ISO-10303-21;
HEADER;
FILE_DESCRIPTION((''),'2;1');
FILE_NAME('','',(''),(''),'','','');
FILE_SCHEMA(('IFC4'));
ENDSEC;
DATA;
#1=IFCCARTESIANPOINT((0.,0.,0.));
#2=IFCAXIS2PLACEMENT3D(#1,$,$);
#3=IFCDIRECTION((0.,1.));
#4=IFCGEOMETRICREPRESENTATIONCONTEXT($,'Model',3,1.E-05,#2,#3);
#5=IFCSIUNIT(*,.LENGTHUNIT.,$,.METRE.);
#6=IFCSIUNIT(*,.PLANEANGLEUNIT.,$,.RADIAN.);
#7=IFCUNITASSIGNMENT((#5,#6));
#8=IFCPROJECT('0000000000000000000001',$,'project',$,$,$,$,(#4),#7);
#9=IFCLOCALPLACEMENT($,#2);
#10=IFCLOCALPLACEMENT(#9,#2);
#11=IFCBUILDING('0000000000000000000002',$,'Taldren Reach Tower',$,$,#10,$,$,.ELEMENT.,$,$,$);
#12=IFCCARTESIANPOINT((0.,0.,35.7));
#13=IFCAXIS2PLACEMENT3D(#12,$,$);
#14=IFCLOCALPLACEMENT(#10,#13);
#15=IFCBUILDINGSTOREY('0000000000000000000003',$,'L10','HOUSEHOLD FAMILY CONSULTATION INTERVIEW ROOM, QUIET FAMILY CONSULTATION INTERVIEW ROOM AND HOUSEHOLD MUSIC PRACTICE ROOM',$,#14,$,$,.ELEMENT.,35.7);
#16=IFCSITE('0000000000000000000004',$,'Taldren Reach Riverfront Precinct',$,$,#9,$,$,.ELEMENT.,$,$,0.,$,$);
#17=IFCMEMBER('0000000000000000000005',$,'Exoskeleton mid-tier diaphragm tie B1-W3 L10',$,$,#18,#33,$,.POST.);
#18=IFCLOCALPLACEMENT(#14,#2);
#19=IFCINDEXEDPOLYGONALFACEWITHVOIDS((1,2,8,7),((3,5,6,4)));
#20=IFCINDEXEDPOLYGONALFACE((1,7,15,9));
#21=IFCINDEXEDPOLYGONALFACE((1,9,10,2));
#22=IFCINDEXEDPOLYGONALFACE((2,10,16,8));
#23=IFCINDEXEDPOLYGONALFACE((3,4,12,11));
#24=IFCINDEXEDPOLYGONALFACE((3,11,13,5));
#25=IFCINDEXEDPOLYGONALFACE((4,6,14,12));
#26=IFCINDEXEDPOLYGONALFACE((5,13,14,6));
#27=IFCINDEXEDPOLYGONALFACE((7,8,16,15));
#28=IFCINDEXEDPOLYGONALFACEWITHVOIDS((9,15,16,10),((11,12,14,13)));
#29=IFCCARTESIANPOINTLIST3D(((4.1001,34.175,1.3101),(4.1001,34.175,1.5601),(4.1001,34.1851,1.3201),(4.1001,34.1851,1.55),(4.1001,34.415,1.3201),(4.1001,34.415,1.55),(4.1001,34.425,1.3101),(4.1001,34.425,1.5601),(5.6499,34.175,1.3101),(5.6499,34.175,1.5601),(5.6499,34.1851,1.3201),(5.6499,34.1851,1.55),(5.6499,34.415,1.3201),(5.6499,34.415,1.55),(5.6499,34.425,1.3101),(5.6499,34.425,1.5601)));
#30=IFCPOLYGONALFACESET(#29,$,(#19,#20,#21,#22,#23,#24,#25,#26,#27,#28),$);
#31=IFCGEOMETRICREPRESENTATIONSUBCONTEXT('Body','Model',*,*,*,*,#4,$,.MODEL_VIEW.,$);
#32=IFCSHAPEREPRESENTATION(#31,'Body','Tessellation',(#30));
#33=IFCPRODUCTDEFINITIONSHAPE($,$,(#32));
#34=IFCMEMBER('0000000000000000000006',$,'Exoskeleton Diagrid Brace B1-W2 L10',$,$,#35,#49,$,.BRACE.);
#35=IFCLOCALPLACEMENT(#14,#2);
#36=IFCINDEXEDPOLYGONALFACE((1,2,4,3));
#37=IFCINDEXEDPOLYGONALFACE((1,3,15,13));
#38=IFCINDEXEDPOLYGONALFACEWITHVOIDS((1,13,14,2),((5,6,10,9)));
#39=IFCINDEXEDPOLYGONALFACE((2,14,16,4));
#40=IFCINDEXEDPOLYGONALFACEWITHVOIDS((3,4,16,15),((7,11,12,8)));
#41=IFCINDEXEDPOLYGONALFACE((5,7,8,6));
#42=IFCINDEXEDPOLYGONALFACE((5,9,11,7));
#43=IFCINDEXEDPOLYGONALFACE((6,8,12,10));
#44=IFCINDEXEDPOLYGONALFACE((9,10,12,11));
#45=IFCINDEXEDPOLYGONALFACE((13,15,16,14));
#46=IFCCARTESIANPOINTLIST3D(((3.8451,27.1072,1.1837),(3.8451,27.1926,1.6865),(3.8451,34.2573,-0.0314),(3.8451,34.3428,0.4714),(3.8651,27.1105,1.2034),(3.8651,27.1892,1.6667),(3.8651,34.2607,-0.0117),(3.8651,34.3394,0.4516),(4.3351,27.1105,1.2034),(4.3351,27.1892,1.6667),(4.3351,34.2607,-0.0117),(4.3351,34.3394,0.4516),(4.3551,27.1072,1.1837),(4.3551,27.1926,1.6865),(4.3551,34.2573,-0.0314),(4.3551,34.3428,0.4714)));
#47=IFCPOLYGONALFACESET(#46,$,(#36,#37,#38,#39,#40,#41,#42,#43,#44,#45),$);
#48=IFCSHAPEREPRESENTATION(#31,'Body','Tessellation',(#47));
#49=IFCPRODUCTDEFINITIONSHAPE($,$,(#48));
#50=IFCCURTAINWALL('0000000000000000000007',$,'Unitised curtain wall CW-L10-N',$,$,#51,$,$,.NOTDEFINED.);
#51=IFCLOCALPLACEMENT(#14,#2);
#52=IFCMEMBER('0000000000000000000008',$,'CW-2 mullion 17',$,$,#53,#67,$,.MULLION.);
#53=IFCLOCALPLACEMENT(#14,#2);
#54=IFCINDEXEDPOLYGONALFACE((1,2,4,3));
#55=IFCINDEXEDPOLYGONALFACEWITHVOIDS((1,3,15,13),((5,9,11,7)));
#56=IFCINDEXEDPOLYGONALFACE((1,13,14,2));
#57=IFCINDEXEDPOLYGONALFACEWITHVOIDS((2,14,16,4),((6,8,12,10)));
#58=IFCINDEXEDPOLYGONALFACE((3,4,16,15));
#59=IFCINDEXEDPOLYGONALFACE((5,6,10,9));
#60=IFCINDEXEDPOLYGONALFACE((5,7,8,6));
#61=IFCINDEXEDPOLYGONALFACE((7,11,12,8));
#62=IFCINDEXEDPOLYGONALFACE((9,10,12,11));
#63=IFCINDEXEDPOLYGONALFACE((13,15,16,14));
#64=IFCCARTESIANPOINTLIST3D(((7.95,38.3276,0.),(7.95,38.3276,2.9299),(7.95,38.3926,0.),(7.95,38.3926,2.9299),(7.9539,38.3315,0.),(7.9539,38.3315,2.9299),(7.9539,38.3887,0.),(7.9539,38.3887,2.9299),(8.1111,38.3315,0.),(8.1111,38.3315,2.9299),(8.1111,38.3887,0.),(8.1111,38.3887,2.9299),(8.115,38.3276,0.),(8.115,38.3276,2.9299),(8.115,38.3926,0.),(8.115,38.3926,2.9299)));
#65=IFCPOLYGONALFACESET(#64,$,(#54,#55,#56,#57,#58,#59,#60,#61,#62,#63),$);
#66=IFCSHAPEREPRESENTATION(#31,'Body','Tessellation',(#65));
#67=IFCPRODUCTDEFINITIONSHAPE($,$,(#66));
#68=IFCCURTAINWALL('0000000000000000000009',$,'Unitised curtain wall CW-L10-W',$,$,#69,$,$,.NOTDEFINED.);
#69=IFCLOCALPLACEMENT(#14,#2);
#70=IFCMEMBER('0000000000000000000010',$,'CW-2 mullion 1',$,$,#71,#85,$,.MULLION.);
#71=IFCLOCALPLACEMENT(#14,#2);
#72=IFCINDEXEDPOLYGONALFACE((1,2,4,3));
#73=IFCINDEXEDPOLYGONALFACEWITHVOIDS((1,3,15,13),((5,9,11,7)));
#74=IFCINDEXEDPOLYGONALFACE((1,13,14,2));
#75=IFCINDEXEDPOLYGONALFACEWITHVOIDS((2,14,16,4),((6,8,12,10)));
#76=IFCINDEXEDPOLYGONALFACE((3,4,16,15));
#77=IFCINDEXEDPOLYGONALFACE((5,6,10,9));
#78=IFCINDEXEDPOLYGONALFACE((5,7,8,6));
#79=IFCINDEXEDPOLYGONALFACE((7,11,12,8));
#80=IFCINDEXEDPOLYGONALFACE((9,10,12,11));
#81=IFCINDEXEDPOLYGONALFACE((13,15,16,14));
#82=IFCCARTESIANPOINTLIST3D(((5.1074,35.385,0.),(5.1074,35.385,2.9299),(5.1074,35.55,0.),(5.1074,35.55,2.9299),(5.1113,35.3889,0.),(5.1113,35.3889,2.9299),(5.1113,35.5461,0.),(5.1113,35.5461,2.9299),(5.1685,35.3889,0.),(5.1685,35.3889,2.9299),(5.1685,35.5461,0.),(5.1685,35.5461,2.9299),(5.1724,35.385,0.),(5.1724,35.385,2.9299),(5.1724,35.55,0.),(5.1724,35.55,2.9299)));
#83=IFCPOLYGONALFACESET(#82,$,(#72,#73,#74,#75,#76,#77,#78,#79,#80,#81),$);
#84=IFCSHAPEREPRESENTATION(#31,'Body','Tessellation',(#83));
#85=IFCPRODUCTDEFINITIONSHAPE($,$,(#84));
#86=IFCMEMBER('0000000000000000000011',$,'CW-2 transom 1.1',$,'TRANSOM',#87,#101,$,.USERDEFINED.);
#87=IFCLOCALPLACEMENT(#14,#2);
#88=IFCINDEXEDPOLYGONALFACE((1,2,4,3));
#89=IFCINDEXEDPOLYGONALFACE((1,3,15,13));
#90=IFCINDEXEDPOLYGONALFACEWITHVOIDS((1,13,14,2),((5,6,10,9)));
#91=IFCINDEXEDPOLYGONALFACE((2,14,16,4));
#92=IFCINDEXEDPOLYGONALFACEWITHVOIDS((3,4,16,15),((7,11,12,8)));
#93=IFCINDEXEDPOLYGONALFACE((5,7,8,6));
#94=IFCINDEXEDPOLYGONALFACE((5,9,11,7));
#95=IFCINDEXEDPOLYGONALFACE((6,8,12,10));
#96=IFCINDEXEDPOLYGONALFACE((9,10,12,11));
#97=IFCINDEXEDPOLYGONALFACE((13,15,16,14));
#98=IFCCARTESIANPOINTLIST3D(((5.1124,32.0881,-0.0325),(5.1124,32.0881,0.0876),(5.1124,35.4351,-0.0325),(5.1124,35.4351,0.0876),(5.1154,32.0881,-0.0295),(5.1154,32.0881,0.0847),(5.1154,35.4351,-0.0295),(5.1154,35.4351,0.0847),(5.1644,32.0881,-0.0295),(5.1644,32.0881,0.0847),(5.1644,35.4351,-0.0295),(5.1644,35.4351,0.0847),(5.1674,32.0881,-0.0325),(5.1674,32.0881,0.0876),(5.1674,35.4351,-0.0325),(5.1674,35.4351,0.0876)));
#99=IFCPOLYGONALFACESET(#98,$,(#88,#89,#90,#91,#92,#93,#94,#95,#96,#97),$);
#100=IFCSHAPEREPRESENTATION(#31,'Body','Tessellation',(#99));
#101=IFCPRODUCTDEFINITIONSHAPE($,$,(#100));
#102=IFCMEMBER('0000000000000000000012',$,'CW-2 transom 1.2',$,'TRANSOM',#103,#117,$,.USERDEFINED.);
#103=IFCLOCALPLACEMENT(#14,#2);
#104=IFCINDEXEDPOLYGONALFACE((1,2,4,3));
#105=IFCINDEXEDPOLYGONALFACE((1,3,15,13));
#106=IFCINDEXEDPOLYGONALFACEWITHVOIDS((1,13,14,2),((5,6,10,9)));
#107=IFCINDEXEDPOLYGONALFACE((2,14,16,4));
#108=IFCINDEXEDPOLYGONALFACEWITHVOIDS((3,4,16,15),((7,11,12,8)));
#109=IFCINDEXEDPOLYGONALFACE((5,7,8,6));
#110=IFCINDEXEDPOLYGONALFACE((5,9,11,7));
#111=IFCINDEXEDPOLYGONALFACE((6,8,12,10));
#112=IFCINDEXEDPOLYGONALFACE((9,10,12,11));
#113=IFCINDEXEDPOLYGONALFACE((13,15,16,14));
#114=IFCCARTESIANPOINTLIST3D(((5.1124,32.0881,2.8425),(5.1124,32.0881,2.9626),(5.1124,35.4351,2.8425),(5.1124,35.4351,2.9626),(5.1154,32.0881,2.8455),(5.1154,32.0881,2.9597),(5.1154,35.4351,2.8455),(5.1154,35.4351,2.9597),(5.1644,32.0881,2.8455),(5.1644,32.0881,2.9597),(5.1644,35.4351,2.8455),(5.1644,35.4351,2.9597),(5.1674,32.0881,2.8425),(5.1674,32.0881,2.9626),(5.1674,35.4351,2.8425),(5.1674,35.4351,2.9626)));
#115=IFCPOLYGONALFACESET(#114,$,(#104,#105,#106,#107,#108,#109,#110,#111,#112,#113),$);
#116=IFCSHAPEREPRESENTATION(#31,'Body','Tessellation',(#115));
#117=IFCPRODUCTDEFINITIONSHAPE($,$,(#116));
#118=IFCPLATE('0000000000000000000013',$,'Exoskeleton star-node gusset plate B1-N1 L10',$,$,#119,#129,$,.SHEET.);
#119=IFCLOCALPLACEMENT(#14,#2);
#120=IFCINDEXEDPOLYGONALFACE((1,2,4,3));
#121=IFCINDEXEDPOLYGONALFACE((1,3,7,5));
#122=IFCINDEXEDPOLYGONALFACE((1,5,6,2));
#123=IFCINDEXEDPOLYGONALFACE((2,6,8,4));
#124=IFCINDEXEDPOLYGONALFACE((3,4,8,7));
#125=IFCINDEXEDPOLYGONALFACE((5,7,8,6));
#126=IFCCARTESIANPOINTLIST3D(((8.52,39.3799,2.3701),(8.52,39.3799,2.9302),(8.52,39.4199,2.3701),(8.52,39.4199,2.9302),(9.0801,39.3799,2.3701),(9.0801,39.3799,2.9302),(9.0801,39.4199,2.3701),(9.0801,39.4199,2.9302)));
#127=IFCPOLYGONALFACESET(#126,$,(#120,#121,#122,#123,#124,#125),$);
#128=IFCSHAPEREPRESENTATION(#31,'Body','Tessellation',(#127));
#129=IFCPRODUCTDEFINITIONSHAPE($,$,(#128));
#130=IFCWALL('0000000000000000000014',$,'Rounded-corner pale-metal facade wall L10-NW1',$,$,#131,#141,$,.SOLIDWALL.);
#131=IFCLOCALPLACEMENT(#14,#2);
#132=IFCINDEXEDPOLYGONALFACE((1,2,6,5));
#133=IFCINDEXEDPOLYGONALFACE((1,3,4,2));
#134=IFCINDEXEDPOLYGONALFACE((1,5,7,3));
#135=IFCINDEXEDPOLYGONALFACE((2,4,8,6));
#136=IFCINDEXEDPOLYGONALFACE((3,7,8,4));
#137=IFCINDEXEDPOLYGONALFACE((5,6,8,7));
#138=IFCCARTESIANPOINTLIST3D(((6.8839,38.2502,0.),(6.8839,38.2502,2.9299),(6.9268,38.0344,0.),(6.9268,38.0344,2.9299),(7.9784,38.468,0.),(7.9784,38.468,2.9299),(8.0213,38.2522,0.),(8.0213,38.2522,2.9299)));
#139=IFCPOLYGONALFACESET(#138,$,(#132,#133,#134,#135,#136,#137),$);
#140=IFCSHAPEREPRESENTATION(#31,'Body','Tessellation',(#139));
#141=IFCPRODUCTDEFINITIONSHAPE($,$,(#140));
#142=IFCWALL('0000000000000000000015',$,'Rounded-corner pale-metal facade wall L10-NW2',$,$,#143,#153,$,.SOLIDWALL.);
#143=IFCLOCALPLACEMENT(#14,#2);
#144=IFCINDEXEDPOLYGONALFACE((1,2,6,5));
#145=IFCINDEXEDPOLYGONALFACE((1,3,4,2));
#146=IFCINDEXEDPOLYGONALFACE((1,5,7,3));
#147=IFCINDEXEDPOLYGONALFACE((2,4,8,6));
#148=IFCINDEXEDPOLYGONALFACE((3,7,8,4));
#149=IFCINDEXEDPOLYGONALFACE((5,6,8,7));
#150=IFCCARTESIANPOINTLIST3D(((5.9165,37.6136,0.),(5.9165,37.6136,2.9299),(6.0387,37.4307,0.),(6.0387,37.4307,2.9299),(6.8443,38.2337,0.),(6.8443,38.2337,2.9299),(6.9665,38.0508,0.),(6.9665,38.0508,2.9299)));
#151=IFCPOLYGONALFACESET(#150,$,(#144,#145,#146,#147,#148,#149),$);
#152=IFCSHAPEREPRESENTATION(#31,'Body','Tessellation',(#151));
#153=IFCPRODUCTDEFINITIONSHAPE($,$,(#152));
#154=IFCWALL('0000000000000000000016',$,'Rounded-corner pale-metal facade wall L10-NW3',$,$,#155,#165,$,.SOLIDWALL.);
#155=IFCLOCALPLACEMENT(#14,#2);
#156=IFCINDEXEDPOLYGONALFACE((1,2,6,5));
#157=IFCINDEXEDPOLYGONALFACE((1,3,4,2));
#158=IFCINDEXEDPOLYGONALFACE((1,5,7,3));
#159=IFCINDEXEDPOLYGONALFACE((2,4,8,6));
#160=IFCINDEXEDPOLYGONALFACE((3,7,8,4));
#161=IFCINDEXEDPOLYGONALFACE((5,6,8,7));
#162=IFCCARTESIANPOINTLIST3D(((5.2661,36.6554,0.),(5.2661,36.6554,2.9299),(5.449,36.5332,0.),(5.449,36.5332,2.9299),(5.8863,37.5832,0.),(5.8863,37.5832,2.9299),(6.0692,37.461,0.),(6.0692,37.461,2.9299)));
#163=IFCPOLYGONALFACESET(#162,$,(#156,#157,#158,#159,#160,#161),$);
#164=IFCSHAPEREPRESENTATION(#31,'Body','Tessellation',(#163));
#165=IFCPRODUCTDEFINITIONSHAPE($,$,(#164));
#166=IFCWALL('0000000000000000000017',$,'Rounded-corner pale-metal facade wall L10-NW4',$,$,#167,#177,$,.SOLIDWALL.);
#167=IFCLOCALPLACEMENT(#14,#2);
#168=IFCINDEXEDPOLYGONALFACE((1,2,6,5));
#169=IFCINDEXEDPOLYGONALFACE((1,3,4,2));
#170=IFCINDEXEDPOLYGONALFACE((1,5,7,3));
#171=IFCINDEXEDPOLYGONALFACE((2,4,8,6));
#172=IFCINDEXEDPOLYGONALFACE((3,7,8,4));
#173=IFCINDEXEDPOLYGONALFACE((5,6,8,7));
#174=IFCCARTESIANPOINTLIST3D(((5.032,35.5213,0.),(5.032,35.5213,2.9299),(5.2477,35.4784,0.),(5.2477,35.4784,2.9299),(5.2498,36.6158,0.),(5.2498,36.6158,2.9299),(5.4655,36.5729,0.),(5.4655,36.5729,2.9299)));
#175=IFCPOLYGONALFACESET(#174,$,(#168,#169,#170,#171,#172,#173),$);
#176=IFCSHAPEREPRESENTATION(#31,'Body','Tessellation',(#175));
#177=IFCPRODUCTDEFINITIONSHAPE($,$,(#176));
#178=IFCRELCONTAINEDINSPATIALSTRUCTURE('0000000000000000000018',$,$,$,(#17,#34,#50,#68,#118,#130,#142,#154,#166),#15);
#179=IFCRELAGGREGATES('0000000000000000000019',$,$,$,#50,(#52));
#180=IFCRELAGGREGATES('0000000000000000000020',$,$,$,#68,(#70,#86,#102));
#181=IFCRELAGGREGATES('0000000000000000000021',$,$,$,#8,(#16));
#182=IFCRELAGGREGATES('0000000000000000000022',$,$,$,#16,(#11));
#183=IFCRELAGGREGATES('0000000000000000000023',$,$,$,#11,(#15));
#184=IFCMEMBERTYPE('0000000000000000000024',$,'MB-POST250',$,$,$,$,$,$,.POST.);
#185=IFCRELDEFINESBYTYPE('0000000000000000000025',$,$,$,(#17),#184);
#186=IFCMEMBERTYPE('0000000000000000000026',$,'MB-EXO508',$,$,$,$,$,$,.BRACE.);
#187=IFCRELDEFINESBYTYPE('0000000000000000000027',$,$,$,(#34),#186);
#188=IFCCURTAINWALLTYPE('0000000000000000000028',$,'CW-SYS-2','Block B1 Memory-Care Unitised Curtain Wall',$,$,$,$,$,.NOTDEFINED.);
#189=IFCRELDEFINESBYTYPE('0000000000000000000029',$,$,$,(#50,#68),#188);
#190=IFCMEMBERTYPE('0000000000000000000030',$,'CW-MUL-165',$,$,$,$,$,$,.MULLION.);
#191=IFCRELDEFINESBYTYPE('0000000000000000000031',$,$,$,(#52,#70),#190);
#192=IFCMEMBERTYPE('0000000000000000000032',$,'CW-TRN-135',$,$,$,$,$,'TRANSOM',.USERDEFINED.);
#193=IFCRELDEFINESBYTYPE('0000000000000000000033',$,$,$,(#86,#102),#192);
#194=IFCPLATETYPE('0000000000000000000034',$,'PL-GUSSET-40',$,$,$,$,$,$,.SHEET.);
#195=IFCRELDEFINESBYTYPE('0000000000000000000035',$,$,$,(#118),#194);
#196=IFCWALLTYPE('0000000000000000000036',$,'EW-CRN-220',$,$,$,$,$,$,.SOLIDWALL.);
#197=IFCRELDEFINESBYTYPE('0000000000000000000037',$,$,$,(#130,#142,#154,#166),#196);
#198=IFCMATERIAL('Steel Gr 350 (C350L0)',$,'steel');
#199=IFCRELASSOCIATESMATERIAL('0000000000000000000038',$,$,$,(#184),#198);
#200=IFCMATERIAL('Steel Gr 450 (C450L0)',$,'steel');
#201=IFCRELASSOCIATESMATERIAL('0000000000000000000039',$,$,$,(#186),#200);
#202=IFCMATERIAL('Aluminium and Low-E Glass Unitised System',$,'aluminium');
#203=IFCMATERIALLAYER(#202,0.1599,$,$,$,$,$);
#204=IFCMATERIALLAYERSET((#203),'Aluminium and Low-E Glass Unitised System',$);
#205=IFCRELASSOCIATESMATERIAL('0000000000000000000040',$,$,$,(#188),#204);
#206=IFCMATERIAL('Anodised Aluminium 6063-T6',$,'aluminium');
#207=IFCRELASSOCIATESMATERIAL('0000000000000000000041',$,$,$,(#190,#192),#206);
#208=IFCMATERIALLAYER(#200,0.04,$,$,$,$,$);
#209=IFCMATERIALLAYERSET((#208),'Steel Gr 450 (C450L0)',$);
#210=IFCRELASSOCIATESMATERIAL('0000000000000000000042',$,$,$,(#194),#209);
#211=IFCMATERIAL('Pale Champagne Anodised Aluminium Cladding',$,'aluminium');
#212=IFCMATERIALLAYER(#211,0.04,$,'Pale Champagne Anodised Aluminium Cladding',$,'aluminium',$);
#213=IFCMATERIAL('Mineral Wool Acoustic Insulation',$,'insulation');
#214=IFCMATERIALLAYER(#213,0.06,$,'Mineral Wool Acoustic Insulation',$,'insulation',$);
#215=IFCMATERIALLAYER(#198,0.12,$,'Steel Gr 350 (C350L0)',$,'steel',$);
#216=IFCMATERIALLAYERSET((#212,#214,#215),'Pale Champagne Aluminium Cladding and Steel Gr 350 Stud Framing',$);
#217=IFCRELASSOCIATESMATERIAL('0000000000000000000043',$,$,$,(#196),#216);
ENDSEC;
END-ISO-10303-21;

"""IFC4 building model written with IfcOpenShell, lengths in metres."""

from ifc_helpers import new_model, si_unit, direction, frame, frame_2d, origin, origin_2d, place, context, subcontext, project, spatial, rectangle, hollow_rectangle, extrude, source, transform, mapped, material, layer, layer_set, material_profile, profile_set, type_object, element, aggregate, save


model = new_model("IFC4")

# Units and contexts
model_context = context("Model", 3, precision=1e-05, world=origin(), true_north=direction((0.0, 1.0)))
body_context = subcontext(model_context, "Body", "Model", "MODEL_VIEW")
ifc_project = project(units=[si_unit("LENGTHUNIT", "METRE"), si_unit("PLANEANGLEUNIT", "RADIAN")], contexts=[model_context])

# Site, building, storey
site_placement = place(None, origin())
site = spatial("IfcSite", under=ifc_project, at=site_placement, Name="Taldren Reach Riverfront Precinct", CompositionType="ELEMENT", RefElevation=0.0)
building_placement = place(site_placement, origin())
building = spatial("IfcBuilding", under=site, at=building_placement, Name="Taldren Reach Tower", CompositionType="ELEMENT")
storey_placement = place(building_placement, frame((0.0, 0.0, 35.7)))
storey = spatial("IfcBuildingStorey", under=building, at=storey_placement, Name="L10", Description="HOUSEHOLD FAMILY CONSULTATION INTERVIEW ROOM, QUIET FAMILY CONSULTATION INTERVIEW ROOM AND HOUSEHOLD MUSIC PRACTICE ROOM", CompositionType="ELEMENT", Elevation=35.7)

# Members
ifc_material_1 = material(Name="Steel Gr 450 (C450L0)", Category="steel")
ifc_material_2 = material(Name="Steel Gr 350 (C350L0)", Category="steel")
ifc_material_profile_1 = material_profile(ifc_material_2, hollow_rectangle(XDim=0.25, YDim=0.25, WallThickness=0.01, at=origin_2d()), Name="250x250x10.0SHS")
ifc_profile_set_1 = profile_set([ifc_material_profile_1], Name="Steel Gr 350 (C350L0)")
member_type_1 = type_object("IfcMemberType", Name="MB-POST250", PredefinedType="POST", material=ifc_profile_set_1)
shared_shape_1 = source(origin(), body_context, "Body", "SweptSolid", [
    extrude(hollow_rectangle(XDim=0.25, YDim=0.25, WallThickness=0.01, at=origin_2d()), origin(), (0.0, 0.0, 1.0), 1.5498),
])
for number, where, z_axis, x_axis, name in (
    (1, (5.6499, 34.3, 1.4351), (-1.0, 0.0, 0.0), (0.0, -1.0, 0.0), "Exoskeleton mid-tier diaphragm tie B1-W3 L10"),
):
    element("IfcMember", number, at=place(storey_placement, frame(where, z_axis=z_axis, x_axis=x_axis)), inside=storey, type_object=member_type_1, Name=name, PredefinedType="POST", context=body_context, shape_type="MappedRepresentation", body=[
        mapped(shared_shape_1, transform((0.0, 0.0, 0.0), scale=1.0)),
    ])
ifc_material_profile_2 = material_profile(ifc_material_1, hollow_rectangle(XDim=0.51, YDim=0.51, WallThickness=0.02, at=origin_2d()), Name="510x510x20.0SHS")
ifc_profile_set_2 = profile_set([ifc_material_profile_2], Name="Steel Gr 450 (C450L0)")
member_type_2 = type_object("IfcMemberType", Name="MB-EXO508", PredefinedType="BRACE", material=ifc_profile_set_2)
shared_shape_2 = source(origin(), body_context, "Body", "SweptSolid", [
    extrude(hollow_rectangle(XDim=0.51, YDim=0.51, WallThickness=0.02, at=origin_2d()), origin(), (0.0, 0.0, 1.0), 7.2527),
])
member_1_placement = place(storey_placement, frame((4.1001, 34.3, 0.22), z_axis=(0.0, -0.985866, 0.167537), x_axis=(1.0, 0.0, 0.0)))
element("IfcMember", 2, at=member_1_placement, inside=storey, type_object=member_type_2, Name="Exoskeleton Diagrid Brace B1-W2 L10", PredefinedType="BRACE", context=body_context, shape_type="MappedRepresentation", body=[
    mapped(shared_shape_2, transform((0.0, 0.0, 0.0), scale=1.0)),
])

# Curtain wall, member
ifc_material_3 = material(Name="Aluminium and Low-E Glass Unitised System", Category="aluminium")
ifc_layer_1 = layer(ifc_material_3, 0.1599)
ifc_layer_set_1 = layer_set([ifc_layer_1], Name="Aluminium and Low-E Glass Unitised System")
curtain_wall_type = type_object("IfcCurtainWallType", Name="CW-SYS-2", Description="Block B1 Memory-Care Unitised Curtain Wall", PredefinedType="NOTDEFINED", material=ifc_layer_set_1)
curtain_wall_1_placement = place(storey_placement, origin())
curtain_wall_1 = element("IfcCurtainWall", 3, at=curtain_wall_1_placement, inside=storey, type_object=curtain_wall_type, Name="Unitised curtain wall CW-L10-N", PredefinedType="NOTDEFINED")
ifc_material_4 = material(Name="Anodised Aluminium 6063-T6", Category="aluminium")
ifc_material_profile_3 = material_profile(ifc_material_4, hollow_rectangle(XDim=0.0649, YDim=0.165, WallThickness=0.0039, at=origin_2d()), Name="ALU-165x65x4RHS")
ifc_profile_set_3 = profile_set([ifc_material_profile_3], Name="Anodised Aluminium 6063-T6")
member_type_3 = type_object("IfcMemberType", Name="CW-MUL-165", PredefinedType="MULLION", material=ifc_profile_set_3)
shared_shape_3 = source(origin(), body_context, "Body", "SweptSolid", [
    extrude(hollow_rectangle(XDim=0.0649, YDim=0.165, WallThickness=0.0039, at=origin_2d()), origin(), (0.0, 0.0, 1.0), 2.9299),
])
member_2_placement = place(storey_placement, frame((8.0325, 38.3601, 0.0), z_axis=(0.0, 0.0, 1.0), x_axis=(0.0, -1.0, 0.0)))
member_2 = element("IfcMember", 4, at=member_2_placement, type_object=member_type_3, Name="CW-2 mullion 17", PredefinedType="MULLION", context=body_context, shape_type="MappedRepresentation", body=[
    mapped(shared_shape_3, transform((0.0, 0.0, 0.0), scale=1.0)),
])
aggregate(curtain_wall_1, [member_2])

# Curtain wall, members
curtain_wall_2_placement = place(storey_placement, origin())
curtain_wall_2 = element("IfcCurtainWall", 5, at=curtain_wall_2_placement, inside=storey, type_object=curtain_wall_type, Name="Unitised curtain wall CW-L10-W", PredefinedType="NOTDEFINED")
member_3_placement = place(storey_placement, frame((5.1399, 35.4675, 0.0), z_axis=(0.0, 0.0, 1.0), x_axis=(1.0, 0.0, 0.0)))
member_3 = element("IfcMember", 6, at=member_3_placement, type_object=member_type_3, Name="CW-2 mullion 1", PredefinedType="MULLION", context=body_context, shape_type="MappedRepresentation", body=[
    mapped(shared_shape_3, transform((0.0, 0.0, 0.0), scale=1.0)),
])
ifc_material_profile_4 = material_profile(ifc_material_4, hollow_rectangle(XDim=0.0549, YDim=0.1201, WallThickness=0.0029, at=origin_2d()), Name="ALU-120x55x3RHS")
ifc_profile_set_4 = profile_set([ifc_material_profile_4], Name="Anodised Aluminium 6063-T6")
member_type_4 = type_object("IfcMemberType", Name="CW-TRN-135", ElementType="TRANSOM", PredefinedType="USERDEFINED", material=ifc_profile_set_4)
shared_shape_4 = source(origin(), body_context, "Body", "SweptSolid", [
    extrude(hollow_rectangle(XDim=0.0549, YDim=0.1201, WallThickness=0.0029, at=origin_2d()), origin(), (0.0, 0.0, 1.0), 3.3469),
])
member_4_placement = place(storey_placement, frame((5.1399, 35.4351, 0.0276), z_axis=(0.0, -1.0, 0.0), x_axis=(1.0, 0.0, 0.0)))
member_4 = element("IfcMember", 7, at=member_4_placement, type_object=member_type_4, Name="CW-2 transom 1.1", ObjectType="TRANSOM", PredefinedType="USERDEFINED", context=body_context, shape_type="MappedRepresentation", body=[
    mapped(shared_shape_4, transform((0.0, 0.0, 0.0), scale=1.0)),
])
member_5_placement = place(storey_placement, frame((5.1399, 35.4351, 2.9026), z_axis=(0.0, -1.0, 0.0), x_axis=(1.0, 0.0, 0.0)))
member_5 = element("IfcMember", 8, at=member_5_placement, type_object=member_type_4, Name="CW-2 transom 1.2", ObjectType="TRANSOM", PredefinedType="USERDEFINED", context=body_context, shape_type="MappedRepresentation", body=[
    mapped(shared_shape_4, transform((0.0, 0.0, 0.0), scale=1.0)),
])
aggregate(curtain_wall_2, [member_3, member_4, member_5])

# Plate
ifc_layer_2 = layer(ifc_material_1, 0.04)
ifc_layer_set_2 = layer_set([ifc_layer_2], Name="Steel Gr 450 (C450L0)")
plate_type = type_object("IfcPlateType", Name="PL-GUSSET-40", PredefinedType="SHEET", material=ifc_layer_set_2)
shared_shape_5 = source(origin(), body_context, "Body", "SweptSolid", [
    extrude(rectangle(XDim=0.5601, YDim=0.04, at=origin_2d()), origin(), (0.0, 0.0, 1.0), 0.5601),
])
plate_placement = place(storey_placement, frame((8.8, 39.3999, 2.3701), z_axis=(0.0, 0.0, 1.0), x_axis=(1.0, 0.0, 0.0)))
element("IfcPlate", 9, at=plate_placement, inside=storey, type_object=plate_type, Name="Exoskeleton star-node gusset plate B1-N1 L10", PredefinedType="SHEET", context=body_context, shape_type="MappedRepresentation", body=[
    mapped(shared_shape_5, transform((0.0, 0.0, 0.0), scale=1.0)),
])

# Walls
ifc_material_5 = material(Name="Pale Champagne Anodised Aluminium Cladding", Category="aluminium")
ifc_layer_3 = layer(ifc_material_5, 0.04, Name="Pale Champagne Anodised Aluminium Cladding", Category="aluminium")
ifc_material_6 = material(Name="Mineral Wool Acoustic Insulation", Category="insulation")
ifc_layer_4 = layer(ifc_material_6, 0.06, Name="Mineral Wool Acoustic Insulation", Category="insulation")
ifc_layer_5 = layer(ifc_material_2, 0.12, Name="Steel Gr 350 (C350L0)", Category="steel")
ifc_layer_set_3 = layer_set([ifc_layer_3, ifc_layer_4, ifc_layer_5], Name="Pale Champagne Aluminium Cladding and Steel Gr 350 Stud Framing")
wall_type = type_object("IfcWallType", Name="EW-CRN-220", PredefinedType="SOLIDWALL", material=ifc_layer_set_3)
shared_shape_6 = source(origin(), body_context, "Body", "SweptSolid", [
    extrude(rectangle(XDim=1.116, YDim=0.22, at=frame_2d((0.5581, 0.0))), origin(), (0.0, 0.0, 1.0), 2.9299),
])
for number, where, z_axis, x_axis, name in (
    (10, (8.0, 38.3601, 0.0), (0.0, 0.0, 1.0), (-0.980774, -0.195148, 0.0), "Rounded-corner pale-metal facade wall L10-NW1"),
    (11, (6.9055, 38.1423, 0.0), (0.0, 0.0, 1.0), (-0.831377, -0.55571, 0.0), "Rounded-corner pale-metal facade wall L10-NW2"),
    (12, (5.9778, 37.5222, 0.0), (0.0, 0.0, 1.0), (-0.55571, -0.831377, 0.0), "Rounded-corner pale-metal facade wall L10-NW3"),
    (13, (5.3577, 36.5945, 0.0), (0.0, 0.0, 1.0), (-0.195148, -0.980774, 0.0), "Rounded-corner pale-metal facade wall L10-NW4"),
):
    element("IfcWall", number, at=place(storey_placement, frame(where, z_axis=z_axis, x_axis=x_axis)), inside=storey, type_object=wall_type, Name=name, PredefinedType="SOLIDWALL", context=body_context, shape_type="MappedRepresentation", body=[
        mapped(shared_shape_6, transform((0.0, 0.0, 0.0), scale=1.0)),
    ])

save(model, "model.ifc")
